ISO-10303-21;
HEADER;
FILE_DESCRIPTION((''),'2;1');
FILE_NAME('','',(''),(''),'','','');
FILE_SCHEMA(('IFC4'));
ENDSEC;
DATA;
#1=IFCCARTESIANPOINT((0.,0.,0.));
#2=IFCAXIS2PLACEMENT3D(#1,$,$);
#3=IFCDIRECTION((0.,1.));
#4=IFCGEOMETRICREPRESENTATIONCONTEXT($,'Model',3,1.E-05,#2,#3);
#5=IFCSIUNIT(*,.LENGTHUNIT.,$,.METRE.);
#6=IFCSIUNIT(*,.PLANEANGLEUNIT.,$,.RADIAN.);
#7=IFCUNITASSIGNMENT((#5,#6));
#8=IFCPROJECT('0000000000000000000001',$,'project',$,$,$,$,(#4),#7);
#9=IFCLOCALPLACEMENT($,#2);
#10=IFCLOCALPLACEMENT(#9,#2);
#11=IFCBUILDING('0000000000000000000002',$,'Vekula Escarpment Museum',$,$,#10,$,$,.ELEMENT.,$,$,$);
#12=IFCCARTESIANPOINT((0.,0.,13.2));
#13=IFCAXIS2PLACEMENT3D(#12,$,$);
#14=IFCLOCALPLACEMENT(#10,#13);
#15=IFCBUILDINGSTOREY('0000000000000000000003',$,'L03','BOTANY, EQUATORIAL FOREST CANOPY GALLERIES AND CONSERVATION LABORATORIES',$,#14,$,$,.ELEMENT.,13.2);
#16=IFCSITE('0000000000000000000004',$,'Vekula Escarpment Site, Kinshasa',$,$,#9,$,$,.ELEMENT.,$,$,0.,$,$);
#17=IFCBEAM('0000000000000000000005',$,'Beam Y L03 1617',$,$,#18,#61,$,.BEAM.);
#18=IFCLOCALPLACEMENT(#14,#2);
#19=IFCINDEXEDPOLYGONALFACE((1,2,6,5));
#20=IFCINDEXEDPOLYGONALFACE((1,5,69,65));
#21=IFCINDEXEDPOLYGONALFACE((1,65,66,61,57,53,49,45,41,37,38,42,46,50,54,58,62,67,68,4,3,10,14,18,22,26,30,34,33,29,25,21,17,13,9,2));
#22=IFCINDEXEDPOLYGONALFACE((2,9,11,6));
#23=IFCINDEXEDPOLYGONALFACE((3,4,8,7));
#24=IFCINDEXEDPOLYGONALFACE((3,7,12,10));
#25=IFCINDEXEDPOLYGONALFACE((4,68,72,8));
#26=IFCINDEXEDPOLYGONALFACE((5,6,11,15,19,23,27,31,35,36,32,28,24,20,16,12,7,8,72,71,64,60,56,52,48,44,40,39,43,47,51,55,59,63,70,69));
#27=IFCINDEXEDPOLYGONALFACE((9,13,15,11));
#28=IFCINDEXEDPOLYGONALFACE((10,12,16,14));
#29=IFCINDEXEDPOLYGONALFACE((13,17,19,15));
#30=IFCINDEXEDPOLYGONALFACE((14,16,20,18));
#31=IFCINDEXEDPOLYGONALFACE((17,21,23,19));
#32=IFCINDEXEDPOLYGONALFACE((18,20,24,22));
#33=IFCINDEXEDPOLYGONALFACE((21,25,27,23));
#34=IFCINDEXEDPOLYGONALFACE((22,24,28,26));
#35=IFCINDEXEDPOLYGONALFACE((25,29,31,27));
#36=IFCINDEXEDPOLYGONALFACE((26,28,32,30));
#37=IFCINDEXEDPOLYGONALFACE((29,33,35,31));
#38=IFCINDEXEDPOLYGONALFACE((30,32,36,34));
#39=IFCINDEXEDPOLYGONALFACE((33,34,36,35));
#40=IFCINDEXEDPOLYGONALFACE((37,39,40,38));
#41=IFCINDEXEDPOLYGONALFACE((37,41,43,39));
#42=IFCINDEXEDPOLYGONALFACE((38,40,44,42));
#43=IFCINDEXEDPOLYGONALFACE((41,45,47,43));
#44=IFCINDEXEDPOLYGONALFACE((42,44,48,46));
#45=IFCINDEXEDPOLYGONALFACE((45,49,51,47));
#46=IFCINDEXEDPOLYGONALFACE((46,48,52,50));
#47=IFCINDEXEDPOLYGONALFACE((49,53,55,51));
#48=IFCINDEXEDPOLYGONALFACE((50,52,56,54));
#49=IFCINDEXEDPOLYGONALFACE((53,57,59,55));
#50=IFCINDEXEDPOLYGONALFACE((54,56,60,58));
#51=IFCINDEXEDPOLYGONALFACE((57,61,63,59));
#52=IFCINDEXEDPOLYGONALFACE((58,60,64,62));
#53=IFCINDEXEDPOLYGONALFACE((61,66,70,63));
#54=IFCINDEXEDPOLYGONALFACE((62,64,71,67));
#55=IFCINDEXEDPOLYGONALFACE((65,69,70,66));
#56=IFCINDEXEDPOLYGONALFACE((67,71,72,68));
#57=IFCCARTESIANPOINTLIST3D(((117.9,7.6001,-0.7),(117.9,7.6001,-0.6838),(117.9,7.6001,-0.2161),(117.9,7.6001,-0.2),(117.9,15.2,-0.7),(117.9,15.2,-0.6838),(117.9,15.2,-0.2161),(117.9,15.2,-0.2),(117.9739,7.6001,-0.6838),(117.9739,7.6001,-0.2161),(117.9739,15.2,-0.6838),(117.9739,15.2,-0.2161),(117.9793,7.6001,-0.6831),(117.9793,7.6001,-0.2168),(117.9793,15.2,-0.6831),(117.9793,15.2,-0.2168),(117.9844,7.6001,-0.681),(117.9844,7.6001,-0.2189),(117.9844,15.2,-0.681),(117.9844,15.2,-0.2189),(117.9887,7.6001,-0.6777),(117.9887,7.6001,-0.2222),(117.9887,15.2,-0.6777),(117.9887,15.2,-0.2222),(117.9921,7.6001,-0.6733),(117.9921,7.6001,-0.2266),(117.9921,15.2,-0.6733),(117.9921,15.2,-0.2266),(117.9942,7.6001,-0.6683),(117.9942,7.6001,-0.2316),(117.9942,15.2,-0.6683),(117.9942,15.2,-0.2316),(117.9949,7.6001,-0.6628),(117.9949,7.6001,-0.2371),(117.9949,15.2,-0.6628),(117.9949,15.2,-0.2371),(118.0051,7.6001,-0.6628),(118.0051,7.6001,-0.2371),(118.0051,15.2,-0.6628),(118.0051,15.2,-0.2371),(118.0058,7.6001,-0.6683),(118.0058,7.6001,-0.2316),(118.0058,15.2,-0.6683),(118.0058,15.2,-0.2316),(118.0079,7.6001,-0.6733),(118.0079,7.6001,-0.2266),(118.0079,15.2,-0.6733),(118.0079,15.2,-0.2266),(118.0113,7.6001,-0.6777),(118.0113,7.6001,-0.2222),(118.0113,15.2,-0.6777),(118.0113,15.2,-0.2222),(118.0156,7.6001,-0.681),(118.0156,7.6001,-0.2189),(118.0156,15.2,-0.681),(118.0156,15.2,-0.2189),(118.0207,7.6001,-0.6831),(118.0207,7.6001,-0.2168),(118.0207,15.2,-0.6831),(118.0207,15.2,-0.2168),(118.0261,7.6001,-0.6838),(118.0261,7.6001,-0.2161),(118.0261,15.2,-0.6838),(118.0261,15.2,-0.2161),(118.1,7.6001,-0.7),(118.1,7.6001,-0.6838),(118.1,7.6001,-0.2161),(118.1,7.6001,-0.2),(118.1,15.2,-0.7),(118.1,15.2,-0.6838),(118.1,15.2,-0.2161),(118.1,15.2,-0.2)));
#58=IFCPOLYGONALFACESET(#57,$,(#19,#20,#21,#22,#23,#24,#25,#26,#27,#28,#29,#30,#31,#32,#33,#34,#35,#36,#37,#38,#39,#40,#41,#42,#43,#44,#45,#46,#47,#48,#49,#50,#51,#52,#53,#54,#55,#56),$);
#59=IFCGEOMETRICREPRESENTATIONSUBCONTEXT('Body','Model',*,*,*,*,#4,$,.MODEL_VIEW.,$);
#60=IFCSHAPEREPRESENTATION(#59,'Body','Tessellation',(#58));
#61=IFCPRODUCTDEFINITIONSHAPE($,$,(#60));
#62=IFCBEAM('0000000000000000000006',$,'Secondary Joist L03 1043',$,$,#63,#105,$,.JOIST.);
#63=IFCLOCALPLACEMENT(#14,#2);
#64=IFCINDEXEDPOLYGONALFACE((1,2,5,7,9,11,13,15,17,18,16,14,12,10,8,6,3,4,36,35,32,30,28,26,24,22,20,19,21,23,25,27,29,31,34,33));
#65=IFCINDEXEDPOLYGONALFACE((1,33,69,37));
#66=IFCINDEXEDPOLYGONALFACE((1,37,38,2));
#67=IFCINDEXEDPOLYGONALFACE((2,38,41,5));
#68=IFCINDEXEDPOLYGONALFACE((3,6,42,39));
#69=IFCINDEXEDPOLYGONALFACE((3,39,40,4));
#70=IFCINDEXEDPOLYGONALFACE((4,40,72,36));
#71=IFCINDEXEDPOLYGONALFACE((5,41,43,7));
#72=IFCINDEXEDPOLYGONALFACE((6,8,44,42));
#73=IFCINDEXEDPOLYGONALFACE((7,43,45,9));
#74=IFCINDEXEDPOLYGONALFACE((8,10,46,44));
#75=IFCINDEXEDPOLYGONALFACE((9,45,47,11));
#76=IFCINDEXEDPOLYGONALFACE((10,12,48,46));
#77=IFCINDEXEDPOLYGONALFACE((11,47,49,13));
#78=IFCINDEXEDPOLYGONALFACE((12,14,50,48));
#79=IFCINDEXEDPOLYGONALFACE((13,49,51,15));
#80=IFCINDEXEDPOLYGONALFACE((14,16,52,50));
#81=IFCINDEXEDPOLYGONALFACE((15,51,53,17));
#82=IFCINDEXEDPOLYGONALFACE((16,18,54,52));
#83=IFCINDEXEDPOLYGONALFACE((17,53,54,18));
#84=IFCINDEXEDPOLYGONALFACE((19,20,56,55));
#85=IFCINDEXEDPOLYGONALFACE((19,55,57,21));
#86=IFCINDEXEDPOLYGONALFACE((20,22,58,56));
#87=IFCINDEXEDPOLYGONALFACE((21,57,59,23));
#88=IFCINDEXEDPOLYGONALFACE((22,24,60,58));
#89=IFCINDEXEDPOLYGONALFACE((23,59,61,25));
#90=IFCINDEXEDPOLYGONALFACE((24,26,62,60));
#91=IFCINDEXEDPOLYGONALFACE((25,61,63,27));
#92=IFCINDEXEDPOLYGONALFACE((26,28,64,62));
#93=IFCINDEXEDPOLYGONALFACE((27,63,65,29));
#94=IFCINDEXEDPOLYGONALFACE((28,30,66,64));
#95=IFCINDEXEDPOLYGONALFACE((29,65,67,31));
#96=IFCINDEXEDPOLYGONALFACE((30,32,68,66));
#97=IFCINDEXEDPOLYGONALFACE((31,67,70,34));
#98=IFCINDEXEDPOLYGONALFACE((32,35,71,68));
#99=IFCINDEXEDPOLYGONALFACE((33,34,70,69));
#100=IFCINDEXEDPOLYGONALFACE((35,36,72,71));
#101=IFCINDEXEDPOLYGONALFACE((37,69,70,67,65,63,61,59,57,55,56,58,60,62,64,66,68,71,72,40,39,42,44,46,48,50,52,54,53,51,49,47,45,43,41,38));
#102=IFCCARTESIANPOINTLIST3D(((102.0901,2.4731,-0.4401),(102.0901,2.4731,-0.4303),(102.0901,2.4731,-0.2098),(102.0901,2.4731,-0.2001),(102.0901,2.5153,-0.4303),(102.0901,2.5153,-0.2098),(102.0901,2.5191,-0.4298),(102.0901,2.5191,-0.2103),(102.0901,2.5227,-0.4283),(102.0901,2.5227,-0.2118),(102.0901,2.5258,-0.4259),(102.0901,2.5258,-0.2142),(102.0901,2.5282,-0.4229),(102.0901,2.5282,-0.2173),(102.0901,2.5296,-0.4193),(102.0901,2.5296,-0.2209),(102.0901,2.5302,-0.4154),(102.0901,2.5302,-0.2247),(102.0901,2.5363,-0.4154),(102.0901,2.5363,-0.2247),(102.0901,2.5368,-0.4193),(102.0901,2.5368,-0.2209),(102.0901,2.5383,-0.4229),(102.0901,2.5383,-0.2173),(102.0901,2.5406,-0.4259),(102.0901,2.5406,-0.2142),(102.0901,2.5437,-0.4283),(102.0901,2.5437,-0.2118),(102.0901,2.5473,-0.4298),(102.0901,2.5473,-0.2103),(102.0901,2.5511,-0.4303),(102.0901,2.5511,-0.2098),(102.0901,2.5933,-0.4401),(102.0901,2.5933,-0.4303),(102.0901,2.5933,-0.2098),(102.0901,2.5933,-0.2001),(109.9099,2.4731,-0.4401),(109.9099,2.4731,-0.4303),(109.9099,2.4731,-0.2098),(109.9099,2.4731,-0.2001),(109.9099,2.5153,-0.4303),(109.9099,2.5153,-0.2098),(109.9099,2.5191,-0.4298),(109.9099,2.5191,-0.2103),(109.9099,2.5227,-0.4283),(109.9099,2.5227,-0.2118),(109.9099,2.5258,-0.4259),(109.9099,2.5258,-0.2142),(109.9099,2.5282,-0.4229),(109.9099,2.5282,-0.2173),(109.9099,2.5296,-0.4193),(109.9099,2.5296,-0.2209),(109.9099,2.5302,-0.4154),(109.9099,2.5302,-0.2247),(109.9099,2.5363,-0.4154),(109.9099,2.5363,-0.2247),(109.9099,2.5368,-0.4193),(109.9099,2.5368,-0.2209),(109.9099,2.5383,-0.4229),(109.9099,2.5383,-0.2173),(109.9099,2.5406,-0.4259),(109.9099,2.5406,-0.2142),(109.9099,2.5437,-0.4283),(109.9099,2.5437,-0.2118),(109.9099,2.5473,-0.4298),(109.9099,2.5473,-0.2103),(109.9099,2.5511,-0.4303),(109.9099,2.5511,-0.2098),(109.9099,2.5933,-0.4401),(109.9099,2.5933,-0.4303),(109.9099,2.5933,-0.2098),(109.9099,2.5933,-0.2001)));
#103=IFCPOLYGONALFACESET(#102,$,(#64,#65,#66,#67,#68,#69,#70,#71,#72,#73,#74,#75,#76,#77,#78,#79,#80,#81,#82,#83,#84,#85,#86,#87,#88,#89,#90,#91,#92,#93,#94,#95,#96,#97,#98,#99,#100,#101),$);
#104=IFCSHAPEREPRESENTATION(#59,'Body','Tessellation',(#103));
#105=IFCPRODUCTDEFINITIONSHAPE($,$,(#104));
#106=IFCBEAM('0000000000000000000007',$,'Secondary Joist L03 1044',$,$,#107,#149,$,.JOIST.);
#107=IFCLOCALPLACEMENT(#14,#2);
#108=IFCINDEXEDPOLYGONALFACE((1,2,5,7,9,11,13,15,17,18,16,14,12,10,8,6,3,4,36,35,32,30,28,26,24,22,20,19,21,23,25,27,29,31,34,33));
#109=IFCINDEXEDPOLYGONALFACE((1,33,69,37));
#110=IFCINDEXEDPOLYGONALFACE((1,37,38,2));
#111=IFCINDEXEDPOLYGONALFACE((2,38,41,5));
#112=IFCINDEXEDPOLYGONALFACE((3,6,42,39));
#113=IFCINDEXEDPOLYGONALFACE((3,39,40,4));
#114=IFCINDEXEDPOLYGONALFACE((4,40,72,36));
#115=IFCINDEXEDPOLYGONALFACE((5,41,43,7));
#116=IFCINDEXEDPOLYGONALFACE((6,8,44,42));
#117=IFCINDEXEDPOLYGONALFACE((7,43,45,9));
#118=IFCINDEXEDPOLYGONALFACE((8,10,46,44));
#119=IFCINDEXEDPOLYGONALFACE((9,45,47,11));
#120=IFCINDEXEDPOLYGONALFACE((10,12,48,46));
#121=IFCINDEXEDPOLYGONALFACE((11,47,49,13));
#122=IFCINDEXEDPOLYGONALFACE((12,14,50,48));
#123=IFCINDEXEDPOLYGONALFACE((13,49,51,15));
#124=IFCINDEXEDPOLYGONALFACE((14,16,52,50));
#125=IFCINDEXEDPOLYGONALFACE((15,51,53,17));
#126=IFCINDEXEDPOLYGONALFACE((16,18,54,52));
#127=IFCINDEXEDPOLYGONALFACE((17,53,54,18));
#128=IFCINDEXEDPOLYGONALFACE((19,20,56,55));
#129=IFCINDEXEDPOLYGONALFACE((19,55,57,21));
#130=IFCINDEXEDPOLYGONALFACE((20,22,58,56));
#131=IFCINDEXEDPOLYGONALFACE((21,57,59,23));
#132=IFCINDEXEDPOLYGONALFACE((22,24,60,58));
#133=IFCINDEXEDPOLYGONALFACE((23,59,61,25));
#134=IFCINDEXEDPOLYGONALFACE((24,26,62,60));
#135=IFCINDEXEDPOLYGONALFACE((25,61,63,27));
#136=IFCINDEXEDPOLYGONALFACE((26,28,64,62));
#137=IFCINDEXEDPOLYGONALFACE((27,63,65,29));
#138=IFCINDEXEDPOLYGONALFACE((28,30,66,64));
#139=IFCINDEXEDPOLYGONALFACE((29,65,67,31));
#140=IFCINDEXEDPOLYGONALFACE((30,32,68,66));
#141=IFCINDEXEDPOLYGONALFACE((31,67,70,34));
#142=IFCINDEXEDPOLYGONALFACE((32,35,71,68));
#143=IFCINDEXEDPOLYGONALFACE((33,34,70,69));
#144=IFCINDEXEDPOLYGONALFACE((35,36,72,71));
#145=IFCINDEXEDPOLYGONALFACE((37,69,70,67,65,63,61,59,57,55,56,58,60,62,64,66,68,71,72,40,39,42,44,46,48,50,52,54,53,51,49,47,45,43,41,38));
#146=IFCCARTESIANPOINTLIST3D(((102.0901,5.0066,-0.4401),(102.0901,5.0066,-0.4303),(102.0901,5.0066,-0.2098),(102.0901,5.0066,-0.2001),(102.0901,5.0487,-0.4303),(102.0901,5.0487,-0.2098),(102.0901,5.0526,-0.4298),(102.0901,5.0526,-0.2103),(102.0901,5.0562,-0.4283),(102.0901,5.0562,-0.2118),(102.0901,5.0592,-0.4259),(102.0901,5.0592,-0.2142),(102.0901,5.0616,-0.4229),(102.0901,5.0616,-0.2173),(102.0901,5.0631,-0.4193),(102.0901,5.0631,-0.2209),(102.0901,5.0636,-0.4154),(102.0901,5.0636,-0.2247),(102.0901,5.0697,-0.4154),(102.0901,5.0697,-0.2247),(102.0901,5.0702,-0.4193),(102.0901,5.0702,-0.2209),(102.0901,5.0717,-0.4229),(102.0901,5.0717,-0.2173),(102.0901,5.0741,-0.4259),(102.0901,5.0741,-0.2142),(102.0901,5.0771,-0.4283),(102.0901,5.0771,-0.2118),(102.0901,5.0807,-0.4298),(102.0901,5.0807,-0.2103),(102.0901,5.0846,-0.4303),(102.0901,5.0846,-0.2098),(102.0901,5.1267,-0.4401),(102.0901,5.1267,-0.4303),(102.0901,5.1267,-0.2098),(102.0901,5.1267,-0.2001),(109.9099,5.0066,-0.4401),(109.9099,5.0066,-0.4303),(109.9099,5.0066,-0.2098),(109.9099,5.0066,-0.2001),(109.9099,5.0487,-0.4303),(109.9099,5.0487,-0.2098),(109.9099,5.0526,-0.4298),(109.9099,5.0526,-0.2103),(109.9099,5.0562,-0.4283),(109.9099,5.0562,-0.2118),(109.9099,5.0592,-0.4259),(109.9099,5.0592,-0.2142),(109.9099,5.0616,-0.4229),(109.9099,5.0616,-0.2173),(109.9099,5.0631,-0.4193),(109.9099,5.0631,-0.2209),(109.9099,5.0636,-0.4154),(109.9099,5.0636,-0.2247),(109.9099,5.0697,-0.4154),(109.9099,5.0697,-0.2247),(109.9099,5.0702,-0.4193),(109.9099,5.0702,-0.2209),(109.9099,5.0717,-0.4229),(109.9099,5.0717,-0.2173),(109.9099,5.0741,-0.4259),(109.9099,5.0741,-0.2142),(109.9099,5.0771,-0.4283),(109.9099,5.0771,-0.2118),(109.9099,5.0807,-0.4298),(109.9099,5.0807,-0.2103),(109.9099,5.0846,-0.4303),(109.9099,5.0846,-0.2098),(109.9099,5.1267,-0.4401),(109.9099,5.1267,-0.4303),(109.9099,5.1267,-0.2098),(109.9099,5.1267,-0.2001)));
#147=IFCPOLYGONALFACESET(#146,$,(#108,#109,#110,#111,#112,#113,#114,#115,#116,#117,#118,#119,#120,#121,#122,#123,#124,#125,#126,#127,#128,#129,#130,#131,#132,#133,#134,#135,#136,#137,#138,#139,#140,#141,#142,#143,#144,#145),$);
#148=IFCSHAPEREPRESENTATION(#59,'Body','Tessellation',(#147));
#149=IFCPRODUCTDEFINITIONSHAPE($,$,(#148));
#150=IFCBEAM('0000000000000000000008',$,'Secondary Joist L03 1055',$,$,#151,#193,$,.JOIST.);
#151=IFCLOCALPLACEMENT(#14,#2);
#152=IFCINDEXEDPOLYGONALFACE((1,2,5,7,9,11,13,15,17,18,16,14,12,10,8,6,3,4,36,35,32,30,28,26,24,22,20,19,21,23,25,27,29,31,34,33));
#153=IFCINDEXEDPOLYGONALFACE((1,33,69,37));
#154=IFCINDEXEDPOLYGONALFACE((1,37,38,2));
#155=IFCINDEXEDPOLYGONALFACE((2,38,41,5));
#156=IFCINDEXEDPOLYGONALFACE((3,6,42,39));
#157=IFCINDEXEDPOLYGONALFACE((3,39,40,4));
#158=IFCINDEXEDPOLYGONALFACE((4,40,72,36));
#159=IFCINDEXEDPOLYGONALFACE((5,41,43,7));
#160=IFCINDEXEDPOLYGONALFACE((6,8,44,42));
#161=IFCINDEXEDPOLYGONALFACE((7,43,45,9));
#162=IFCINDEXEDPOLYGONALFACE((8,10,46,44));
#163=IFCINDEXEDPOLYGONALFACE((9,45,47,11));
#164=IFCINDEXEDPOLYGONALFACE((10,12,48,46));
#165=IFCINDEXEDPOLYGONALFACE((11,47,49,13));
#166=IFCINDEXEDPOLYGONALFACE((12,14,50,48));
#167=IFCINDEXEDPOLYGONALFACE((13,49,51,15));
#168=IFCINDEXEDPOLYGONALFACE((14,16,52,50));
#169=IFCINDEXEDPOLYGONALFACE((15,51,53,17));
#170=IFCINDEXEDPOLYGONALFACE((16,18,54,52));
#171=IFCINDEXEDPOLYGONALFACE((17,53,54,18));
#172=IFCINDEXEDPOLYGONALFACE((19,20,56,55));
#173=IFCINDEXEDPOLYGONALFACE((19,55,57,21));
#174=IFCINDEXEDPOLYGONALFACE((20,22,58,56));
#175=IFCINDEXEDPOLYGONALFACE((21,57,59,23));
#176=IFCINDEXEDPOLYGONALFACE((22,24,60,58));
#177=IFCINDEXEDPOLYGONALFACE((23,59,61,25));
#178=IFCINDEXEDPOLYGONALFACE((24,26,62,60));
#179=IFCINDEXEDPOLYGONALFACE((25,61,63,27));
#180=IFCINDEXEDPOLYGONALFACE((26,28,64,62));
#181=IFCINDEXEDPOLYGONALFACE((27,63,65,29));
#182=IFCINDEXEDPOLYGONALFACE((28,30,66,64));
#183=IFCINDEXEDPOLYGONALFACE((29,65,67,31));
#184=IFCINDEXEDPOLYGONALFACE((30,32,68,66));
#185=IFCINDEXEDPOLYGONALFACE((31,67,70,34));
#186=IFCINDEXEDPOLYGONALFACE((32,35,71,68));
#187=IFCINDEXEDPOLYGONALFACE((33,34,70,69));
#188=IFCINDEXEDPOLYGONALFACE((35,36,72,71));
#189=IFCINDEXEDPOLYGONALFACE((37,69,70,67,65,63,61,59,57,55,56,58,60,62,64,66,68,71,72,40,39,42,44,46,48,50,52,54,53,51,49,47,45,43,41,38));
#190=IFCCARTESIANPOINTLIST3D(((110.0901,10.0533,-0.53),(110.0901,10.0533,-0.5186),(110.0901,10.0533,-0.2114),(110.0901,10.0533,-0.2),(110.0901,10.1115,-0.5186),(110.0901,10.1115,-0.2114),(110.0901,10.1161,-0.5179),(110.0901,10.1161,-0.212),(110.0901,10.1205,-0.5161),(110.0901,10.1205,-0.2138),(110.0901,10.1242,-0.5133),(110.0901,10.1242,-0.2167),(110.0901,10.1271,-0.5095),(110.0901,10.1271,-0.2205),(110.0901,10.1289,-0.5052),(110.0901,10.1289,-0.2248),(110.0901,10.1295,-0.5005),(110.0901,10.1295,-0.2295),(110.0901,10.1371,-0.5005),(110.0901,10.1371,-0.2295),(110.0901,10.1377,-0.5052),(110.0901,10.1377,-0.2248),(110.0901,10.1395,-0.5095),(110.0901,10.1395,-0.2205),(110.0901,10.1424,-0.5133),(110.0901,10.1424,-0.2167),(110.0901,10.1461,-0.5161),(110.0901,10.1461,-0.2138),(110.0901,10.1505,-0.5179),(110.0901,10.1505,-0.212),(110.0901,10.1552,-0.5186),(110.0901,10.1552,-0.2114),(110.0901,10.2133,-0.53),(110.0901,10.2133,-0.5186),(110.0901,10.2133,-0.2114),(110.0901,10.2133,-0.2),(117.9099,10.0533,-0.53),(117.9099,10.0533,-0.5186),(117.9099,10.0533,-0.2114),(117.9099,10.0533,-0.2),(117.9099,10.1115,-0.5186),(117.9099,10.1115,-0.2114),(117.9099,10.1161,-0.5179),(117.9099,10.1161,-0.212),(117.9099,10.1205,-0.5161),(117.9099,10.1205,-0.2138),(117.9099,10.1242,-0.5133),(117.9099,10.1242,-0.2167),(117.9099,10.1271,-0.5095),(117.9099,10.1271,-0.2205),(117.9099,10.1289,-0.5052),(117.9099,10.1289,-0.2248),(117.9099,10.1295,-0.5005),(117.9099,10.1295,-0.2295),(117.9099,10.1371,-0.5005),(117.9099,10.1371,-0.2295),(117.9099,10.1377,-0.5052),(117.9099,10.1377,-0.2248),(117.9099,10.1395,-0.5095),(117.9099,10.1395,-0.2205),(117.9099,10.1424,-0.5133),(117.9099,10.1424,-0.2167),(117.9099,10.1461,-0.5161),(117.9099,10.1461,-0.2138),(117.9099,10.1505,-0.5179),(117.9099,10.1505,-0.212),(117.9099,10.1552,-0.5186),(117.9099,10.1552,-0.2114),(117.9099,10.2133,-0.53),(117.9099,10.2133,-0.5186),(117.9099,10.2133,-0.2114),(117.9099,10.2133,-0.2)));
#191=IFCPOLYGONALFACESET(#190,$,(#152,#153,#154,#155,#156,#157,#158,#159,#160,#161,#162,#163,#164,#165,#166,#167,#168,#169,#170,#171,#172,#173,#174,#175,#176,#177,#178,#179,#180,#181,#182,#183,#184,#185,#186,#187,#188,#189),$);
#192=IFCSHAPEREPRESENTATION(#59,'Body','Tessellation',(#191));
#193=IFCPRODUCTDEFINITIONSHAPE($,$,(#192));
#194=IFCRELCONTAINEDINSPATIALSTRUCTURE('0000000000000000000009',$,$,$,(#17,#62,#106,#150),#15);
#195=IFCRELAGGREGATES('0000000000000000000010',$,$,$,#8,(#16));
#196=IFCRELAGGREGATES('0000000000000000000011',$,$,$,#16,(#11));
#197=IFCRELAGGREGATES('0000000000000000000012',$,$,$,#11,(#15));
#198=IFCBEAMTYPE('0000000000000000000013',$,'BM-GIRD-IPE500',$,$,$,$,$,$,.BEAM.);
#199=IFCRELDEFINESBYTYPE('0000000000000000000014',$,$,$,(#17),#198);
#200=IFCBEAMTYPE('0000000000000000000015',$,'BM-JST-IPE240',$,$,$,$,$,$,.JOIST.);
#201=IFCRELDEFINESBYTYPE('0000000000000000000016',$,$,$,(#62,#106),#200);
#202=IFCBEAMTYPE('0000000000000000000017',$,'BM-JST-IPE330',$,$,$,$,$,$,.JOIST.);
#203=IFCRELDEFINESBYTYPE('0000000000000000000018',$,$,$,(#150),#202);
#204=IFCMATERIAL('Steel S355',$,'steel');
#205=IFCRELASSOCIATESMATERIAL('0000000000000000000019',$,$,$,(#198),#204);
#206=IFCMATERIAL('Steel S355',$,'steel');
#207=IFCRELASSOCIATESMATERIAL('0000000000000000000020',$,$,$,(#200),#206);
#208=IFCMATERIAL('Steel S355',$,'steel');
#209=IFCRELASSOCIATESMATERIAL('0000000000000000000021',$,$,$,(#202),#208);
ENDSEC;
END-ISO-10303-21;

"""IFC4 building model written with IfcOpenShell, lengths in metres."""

from ifc_helpers import new_model, si_unit, direction, frame, origin, origin_2d, place, context, subcontext, project, spatial, i_section, extrude, material, material_profile, profile_set, type_object, element, save


model = new_model("IFC4")

# Units and contexts
model_context = context("Model", 3, precision=1e-05, world=origin(), true_north=direction((0.0, 1.0)))
body_context = subcontext(model_context, "Body", "Model", "MODEL_VIEW")
ifc_project = project(units=[si_unit("LENGTHUNIT", "METRE"), si_unit("PLANEANGLEUNIT", "RADIAN")], contexts=[model_context])

# Site, building, storey
site_placement = place(None, origin())
site = spatial("IfcSite", under=ifc_project, at=site_placement, Name="Vekula Escarpment Site, Kinshasa", CompositionType="ELEMENT", RefElevation=0.0)
building_placement = place(site_placement, origin())
building = spatial("IfcBuilding", under=site, at=building_placement, Name="Vekula Escarpment Museum", CompositionType="ELEMENT")
storey_placement = place(building_placement, frame((0.0, 0.0, 13.2)))
storey = spatial("IfcBuildingStorey", under=building, at=storey_placement, Name="L03", Description="BOTANY, EQUATORIAL FOREST CANOPY GALLERIES AND CONSERVATION LABORATORIES", CompositionType="ELEMENT", Elevation=13.2)

# Beams
ifc_material_1 = material(Name="Steel S355", Category="steel")
ifc_material_profile_1 = material_profile(ifc_material_1, i_section(OverallWidth=0.2, OverallDepth=0.5, WebThickness=0.0103, FlangeThickness=0.0161, FilletRadius=0.021, at=origin_2d()), Name="IPE 500")
ifc_profile_set_1 = profile_set([ifc_material_profile_1], Name="Steel S355")
beam_type_1 = type_object("IfcBeamType", Name="BM-GIRD-IPE500", PredefinedType="BEAM", material=ifc_profile_set_1)
for number, where, z_axis, x_axis, name in (
    (1, (118.0, 7.6001, -0.45), (0.0, 1.0, 0.0), (-1.0, 0.0, 0.0), "Beam Y L03 1617"),
):
    element("IfcBeam", number, at=place(storey_placement, frame(where, z_axis=z_axis, x_axis=x_axis)), inside=storey, type_object=beam_type_1, Name=name, PredefinedType="BEAM", context=body_context, shape_type="SweptSolid", body=[
        extrude(i_section(OverallWidth=0.2, OverallDepth=0.5, WebThickness=0.0103, FlangeThickness=0.0161, FilletRadius=0.021, at=origin_2d()), origin(), (0.0, 0.0, 1.0), 7.5999),
    ])
ifc_material_2 = material(Name="Steel S355", Category="steel")
ifc_material_profile_2 = material_profile(ifc_material_2, i_section(OverallWidth=0.1201, OverallDepth=0.24, WebThickness=0.0061, FlangeThickness=0.0098, FilletRadius=0.0149, at=origin_2d()), Name="IPE 240")
ifc_profile_set_2 = profile_set([ifc_material_profile_2], Name="Steel S355")
beam_type_2 = type_object("IfcBeamType", Name="BM-JST-IPE240", PredefinedType="JOIST", material=ifc_profile_set_2)
for number, where, z_axis, x_axis, name in (
    (2, (102.0901, 2.5332, -0.3201), (1.0, 0.0, 0.0), (0.0, 1.0, 0.0), "Secondary Joist L03 1043"),
    (3, (102.0901, 5.0667, -0.3201), (1.0, 0.0, 0.0), (0.0, 1.0, 0.0), "Secondary Joist L03 1044"),
):
    element("IfcBeam", number, at=place(storey_placement, frame(where, z_axis=z_axis, x_axis=x_axis)), inside=storey, type_object=beam_type_2, Name=name, PredefinedType="JOIST", context=body_context, shape_type="SweptSolid", body=[
        extrude(i_section(OverallWidth=0.1201, OverallDepth=0.24, WebThickness=0.0061, FlangeThickness=0.0098, FilletRadius=0.0149, at=origin_2d()), origin(), (0.0, 0.0, 1.0), 7.8198),
    ])
ifc_material_3 = material(Name="Steel S355", Category="steel")
ifc_material_profile_3 = material_profile(ifc_material_3, i_section(OverallWidth=0.1599, OverallDepth=0.3301, WebThickness=0.0076, FlangeThickness=0.0115, FilletRadius=0.0181, at=origin_2d()), Name="IPE 330")
ifc_profile_set_3 = profile_set([ifc_material_profile_3], Name="Steel S355")
beam_type_3 = type_object("IfcBeamType", Name="BM-JST-IPE330", PredefinedType="JOIST", material=ifc_profile_set_3)
for number, where, z_axis, x_axis, name in (
    (4, (110.0901, 10.1333, -0.365), (1.0, 0.0, 0.0), (0.0, 1.0, 0.0), "Secondary Joist L03 1055"),
):
    element("IfcBeam", number, at=place(storey_placement, frame(where, z_axis=z_axis, x_axis=x_axis)), inside=storey, type_object=beam_type_3, Name=name, PredefinedType="JOIST", context=body_context, shape_type="SweptSolid", body=[
        extrude(i_section(OverallWidth=0.1599, OverallDepth=0.3301, WebThickness=0.0076, FlangeThickness=0.0115, FilletRadius=0.0181, at=origin_2d()), origin(), (0.0, 0.0, 1.0), 7.8198),
    ])

save(model, "model.ifc")
